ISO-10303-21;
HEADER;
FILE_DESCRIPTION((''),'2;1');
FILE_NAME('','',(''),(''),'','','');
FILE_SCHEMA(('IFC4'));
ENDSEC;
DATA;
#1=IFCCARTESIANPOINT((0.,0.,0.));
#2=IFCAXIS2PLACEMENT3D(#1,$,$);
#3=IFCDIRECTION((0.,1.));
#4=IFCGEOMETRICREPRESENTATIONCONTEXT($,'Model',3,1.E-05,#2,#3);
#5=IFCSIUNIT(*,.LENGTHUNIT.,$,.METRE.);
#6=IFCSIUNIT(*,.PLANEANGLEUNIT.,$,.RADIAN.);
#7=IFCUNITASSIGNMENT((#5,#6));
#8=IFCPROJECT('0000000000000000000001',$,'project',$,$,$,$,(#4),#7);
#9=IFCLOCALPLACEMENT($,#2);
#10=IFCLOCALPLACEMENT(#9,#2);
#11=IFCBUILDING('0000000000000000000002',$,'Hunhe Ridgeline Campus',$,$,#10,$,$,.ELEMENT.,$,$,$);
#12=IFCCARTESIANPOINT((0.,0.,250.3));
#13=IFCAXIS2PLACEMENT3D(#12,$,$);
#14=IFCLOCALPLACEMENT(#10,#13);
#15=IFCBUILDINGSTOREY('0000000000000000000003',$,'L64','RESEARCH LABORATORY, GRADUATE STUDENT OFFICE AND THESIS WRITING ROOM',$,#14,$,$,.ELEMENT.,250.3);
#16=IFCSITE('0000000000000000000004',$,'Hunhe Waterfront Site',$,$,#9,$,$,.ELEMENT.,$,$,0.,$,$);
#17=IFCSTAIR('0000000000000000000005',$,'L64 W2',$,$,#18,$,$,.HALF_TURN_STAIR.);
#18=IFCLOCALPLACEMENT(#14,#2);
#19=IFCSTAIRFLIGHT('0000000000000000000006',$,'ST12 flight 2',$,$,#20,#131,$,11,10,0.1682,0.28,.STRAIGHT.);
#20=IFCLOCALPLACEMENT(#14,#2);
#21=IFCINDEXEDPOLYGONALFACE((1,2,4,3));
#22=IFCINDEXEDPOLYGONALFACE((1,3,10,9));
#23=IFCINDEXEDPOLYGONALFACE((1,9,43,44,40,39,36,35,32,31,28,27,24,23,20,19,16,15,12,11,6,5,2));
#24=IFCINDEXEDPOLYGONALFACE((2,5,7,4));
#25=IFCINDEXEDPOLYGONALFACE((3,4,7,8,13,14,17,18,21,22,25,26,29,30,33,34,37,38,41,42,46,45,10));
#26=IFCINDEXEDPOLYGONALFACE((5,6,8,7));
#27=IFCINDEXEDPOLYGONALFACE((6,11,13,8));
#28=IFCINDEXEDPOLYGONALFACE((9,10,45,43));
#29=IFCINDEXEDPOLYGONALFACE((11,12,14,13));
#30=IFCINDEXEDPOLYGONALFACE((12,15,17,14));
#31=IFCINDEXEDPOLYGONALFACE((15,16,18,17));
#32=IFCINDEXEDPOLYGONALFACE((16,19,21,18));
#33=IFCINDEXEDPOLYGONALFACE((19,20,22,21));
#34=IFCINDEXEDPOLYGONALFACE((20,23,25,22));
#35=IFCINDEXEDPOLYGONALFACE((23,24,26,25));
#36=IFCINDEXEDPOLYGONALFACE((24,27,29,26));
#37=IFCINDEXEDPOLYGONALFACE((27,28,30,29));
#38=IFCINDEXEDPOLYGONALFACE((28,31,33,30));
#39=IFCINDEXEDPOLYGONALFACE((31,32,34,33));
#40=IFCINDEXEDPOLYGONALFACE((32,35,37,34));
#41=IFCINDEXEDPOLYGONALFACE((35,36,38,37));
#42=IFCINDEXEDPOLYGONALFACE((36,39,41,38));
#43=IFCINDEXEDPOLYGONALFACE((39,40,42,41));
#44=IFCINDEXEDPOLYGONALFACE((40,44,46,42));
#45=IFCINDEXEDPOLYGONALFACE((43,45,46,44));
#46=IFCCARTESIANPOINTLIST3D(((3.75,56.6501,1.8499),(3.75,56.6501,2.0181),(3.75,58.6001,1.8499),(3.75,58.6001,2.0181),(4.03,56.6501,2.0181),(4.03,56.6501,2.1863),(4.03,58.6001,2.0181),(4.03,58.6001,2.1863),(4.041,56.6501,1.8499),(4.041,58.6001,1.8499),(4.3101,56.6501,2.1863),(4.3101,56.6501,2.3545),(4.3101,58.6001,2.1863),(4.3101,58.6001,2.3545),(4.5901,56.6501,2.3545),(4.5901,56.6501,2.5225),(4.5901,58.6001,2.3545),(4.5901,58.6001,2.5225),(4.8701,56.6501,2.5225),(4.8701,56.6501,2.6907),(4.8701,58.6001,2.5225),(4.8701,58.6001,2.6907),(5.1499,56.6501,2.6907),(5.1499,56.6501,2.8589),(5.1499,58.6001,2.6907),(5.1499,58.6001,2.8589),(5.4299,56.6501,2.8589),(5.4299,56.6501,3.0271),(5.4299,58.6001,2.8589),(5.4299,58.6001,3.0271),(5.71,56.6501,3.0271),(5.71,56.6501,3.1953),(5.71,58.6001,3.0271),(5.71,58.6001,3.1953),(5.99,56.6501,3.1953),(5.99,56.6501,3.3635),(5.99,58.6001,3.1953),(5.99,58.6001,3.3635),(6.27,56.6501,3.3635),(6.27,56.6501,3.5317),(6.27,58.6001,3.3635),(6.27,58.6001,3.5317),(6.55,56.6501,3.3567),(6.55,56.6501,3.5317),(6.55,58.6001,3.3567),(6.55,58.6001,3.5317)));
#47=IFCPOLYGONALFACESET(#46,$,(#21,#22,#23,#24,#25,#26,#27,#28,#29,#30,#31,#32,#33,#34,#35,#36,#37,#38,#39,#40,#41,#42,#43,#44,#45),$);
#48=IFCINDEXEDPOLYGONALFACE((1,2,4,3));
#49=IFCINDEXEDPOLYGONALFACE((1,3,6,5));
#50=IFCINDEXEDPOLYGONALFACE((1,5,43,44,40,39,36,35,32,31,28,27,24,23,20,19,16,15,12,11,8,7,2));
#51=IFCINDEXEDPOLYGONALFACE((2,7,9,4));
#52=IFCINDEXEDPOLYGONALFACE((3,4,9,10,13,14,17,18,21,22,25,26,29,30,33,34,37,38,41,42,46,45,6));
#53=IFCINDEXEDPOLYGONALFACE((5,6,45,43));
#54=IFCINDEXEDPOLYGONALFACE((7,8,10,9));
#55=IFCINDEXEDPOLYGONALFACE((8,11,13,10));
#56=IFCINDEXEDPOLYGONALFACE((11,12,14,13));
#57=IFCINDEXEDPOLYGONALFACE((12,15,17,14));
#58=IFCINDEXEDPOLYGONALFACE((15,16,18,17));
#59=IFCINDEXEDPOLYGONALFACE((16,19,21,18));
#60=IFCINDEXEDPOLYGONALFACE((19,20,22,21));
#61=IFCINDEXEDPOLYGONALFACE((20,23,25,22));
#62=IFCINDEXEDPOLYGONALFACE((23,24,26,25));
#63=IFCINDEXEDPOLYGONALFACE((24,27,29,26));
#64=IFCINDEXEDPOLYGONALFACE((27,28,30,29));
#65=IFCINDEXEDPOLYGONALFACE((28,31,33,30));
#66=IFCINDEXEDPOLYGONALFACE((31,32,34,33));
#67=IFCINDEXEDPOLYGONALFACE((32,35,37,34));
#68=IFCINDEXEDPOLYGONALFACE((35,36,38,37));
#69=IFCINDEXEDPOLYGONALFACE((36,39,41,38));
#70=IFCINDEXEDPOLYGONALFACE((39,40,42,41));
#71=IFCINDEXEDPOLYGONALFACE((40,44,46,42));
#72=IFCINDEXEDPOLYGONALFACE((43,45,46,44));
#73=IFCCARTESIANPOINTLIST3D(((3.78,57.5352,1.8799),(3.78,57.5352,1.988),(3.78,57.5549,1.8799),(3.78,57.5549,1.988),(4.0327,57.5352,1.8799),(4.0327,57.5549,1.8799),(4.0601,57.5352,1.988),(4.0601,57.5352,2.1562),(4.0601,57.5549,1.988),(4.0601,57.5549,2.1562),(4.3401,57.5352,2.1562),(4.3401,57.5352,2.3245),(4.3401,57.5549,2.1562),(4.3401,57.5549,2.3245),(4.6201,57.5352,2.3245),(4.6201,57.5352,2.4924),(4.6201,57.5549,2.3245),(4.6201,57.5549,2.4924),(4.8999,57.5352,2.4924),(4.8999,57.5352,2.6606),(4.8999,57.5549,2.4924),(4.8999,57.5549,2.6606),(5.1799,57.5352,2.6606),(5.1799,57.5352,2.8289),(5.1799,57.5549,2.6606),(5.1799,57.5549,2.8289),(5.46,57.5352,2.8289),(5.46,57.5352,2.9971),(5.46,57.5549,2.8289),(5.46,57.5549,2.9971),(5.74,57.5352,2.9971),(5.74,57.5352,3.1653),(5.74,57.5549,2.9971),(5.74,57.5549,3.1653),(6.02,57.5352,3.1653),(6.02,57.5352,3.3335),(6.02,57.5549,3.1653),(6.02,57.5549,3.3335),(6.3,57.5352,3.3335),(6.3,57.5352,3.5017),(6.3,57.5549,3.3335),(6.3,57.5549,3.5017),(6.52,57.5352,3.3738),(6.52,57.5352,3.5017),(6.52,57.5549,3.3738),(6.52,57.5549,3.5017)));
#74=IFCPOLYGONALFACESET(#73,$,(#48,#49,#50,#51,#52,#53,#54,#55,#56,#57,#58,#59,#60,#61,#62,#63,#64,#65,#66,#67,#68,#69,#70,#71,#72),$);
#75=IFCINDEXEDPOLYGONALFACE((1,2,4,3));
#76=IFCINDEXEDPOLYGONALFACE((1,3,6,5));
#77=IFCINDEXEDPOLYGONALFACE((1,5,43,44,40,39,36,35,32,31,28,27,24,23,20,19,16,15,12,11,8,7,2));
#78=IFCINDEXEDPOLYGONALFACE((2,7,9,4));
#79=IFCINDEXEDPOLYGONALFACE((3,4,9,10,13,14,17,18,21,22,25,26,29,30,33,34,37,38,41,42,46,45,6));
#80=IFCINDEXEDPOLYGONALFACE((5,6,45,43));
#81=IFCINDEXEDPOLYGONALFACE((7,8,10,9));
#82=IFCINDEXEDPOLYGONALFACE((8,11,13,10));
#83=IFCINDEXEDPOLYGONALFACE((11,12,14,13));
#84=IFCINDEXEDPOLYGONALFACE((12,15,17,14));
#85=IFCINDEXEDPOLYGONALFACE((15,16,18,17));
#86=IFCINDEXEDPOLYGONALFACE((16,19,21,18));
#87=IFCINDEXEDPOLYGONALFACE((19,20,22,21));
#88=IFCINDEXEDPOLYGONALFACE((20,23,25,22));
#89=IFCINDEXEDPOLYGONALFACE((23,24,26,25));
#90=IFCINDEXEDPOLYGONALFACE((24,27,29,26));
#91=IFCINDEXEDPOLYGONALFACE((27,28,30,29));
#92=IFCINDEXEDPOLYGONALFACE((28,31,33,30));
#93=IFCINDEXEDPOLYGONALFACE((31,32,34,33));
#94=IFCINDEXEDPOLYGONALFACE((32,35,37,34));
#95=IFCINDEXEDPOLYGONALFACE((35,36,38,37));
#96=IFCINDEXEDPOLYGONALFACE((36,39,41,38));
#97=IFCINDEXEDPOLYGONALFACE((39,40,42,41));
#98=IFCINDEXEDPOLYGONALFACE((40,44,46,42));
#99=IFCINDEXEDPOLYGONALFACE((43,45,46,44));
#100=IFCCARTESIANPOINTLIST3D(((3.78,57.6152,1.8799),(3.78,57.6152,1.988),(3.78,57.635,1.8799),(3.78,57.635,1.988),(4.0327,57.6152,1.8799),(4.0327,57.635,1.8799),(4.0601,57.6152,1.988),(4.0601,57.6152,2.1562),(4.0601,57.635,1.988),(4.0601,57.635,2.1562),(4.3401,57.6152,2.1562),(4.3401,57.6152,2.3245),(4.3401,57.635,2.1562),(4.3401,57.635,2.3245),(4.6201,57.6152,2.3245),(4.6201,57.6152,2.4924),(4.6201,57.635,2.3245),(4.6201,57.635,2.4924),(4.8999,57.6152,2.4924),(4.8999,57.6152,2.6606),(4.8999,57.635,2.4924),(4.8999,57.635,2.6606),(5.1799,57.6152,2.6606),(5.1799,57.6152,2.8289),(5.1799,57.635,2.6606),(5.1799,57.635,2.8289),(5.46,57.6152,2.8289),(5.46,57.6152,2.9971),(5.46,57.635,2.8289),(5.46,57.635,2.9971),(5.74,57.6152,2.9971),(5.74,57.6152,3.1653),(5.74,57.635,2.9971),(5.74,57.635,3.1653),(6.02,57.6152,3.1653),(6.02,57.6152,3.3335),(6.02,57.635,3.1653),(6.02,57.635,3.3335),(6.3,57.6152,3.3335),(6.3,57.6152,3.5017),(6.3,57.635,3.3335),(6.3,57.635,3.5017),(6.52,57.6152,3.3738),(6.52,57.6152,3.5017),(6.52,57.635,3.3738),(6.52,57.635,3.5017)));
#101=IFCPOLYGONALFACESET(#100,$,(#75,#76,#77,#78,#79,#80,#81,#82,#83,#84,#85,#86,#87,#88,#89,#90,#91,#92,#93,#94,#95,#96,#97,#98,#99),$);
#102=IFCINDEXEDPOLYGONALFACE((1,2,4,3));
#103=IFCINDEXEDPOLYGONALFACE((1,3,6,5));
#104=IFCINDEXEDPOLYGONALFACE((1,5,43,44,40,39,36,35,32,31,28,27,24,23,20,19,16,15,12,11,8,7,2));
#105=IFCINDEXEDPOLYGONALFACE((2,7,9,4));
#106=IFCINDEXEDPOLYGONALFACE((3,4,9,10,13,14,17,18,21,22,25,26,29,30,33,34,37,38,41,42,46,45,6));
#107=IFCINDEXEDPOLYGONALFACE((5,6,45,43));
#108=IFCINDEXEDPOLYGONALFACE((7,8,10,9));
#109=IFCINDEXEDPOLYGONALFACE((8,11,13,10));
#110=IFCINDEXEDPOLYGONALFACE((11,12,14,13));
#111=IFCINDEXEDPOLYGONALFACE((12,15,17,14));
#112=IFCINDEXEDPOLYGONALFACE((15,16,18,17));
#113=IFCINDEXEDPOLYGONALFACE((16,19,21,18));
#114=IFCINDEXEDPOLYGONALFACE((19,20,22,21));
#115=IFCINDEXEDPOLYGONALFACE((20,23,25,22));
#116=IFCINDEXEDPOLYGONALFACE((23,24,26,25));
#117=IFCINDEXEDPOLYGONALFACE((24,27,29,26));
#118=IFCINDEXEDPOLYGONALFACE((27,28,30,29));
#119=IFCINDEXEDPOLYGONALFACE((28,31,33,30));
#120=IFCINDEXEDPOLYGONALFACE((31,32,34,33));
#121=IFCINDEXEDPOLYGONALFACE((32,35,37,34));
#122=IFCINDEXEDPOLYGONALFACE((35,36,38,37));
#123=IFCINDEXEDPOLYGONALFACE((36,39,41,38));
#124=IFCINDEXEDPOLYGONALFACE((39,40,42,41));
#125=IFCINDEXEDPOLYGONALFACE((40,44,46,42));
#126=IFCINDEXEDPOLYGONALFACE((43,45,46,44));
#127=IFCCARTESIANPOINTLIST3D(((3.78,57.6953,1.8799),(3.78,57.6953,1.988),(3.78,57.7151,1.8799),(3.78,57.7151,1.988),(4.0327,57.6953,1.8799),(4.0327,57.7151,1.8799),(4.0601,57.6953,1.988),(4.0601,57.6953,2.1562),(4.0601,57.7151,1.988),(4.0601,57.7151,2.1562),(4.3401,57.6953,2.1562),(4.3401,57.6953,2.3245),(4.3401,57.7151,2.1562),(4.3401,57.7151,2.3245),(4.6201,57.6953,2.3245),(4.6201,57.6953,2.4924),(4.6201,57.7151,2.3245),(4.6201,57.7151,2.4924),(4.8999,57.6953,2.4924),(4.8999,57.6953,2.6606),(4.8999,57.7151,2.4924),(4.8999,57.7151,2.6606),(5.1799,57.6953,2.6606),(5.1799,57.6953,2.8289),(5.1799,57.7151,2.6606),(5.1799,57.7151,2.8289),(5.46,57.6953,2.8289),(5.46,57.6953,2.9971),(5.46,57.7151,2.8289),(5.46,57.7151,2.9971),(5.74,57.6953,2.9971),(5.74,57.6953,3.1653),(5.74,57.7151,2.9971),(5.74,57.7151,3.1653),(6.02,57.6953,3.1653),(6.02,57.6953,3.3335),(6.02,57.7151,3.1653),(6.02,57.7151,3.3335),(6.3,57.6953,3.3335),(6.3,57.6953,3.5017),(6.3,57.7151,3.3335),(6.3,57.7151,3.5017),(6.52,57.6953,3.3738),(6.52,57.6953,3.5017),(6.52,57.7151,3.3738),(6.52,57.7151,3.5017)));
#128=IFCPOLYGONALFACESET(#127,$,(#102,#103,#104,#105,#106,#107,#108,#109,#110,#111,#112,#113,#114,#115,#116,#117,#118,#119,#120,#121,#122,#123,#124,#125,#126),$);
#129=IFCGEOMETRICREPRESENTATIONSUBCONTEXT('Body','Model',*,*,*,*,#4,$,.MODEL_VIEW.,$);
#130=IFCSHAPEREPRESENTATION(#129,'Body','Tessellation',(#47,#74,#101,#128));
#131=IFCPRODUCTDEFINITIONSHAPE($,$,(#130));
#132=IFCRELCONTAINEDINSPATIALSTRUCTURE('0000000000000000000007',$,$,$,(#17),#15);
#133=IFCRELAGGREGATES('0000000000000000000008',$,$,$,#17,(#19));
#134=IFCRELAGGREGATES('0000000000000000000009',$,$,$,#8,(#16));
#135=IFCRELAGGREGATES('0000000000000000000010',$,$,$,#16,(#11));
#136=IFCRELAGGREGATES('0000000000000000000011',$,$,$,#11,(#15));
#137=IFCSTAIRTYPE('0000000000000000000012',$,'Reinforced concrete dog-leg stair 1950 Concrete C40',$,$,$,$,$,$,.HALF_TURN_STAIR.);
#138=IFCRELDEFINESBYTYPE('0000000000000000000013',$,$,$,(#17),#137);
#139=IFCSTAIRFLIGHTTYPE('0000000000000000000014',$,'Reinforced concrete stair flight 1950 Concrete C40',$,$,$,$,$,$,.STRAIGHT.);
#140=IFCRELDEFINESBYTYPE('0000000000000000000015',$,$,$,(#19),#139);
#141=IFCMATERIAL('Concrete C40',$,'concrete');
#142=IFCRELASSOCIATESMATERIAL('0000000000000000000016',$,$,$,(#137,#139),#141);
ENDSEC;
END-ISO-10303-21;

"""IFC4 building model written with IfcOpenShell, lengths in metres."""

from ifc_helpers import new_model, si_unit, direction, frame, origin, place, context, subcontext, project, spatial, polyline, outline, extrude, material, type_object, element, aggregate, save


model = new_model("IFC4")

# Units and contexts
model_context = context("Model", 3, precision=1e-05, world=origin(), true_north=direction((0.0, 1.0)))
body_context = subcontext(model_context, "Body", "Model", "MODEL_VIEW")
ifc_project = project(units=[si_unit("LENGTHUNIT", "METRE"), si_unit("PLANEANGLEUNIT", "RADIAN")], contexts=[model_context])

# Site, building, storey
site_placement = place(None, origin())
site = spatial("IfcSite", under=ifc_project, at=site_placement, Name="Hunhe Waterfront Site", CompositionType="ELEMENT", RefElevation=0.0)
building_placement = place(site_placement, origin())
building = spatial("IfcBuilding", under=site, at=building_placement, Name="Hunhe Ridgeline Campus", CompositionType="ELEMENT")
storey_placement = place(building_placement, frame((0.0, 0.0, 250.3)))
storey = spatial("IfcBuildingStorey", under=building, at=storey_placement, Name="L64", Description="RESEARCH LABORATORY, GRADUATE STUDENT OFFICE AND THESIS WRITING ROOM", CompositionType="ELEMENT", Elevation=250.3)

# Stair, stair flight
ifc_material_1 = material(Name="Concrete C40", Category="concrete")
stair_type = type_object("IfcStairType", Name="Reinforced concrete dog-leg stair 1950 Concrete C40", PredefinedType="HALF_TURN_STAIR", material=ifc_material_1)
stair_flight_type = type_object("IfcStairFlightType", Name="Reinforced concrete stair flight 1950 Concrete C40", PredefinedType="STRAIGHT", material=ifc_material_1)
stair_1_placement = place(storey_placement, origin())
stair_1 = element("IfcStair", 1, at=stair_1_placement, inside=storey, type_object=stair_type, Name="L64 W2", PredefinedType="HALF_TURN_STAIR")
stair_flight_1_placement = place(storey_placement, frame((3.75, 57.625, 1.8499), z_axis=(0.0, 0.0, 1.0), x_axis=(1.0, 0.0, 0.0)))
stair_flight_1 = element("IfcStairFlight", 2, at=stair_flight_1_placement, type_object=stair_flight_type, Name="ST12 flight 2", NumberOfRisers=11, NumberOfTreads=10, PredefinedType="STRAIGHT", RiserHeight=0.1682, TreadLength=0.28, context=body_context, shape_type="SweptSolid", body=[
    extrude(outline(polyline([(0.0, 0.0), (0.0, 0.1682), (0.28, 0.1682), (0.28, 0.3364), (0.5601, 0.3364), (0.5601, 0.5046), (0.8401, 0.5046), (0.8401, 0.6726), (1.1201, 0.6726), (1.1201, 0.8408), (1.3999, 0.8408), (1.3999, 1.009), (1.6799, 1.009), (1.6799, 1.1772), (1.96, 1.1772), (1.96, 1.3455), (2.24, 1.3455), (2.24, 1.5137), (2.52, 1.5137), (2.52, 1.6819), (2.8, 1.6819), (2.8, 1.8501), (2.8, 1.5068), (0.291, 0.0), (0.0, 0.0)])), frame((0.0, 0.9751, 0.0), z_axis=(0.0, -1.0, 0.0), x_axis=(1.0, 0.0, 0.0)), (0.0, 0.0, 1.0), 1.95),
    extrude(outline(polyline([(0.03, 0.03), (0.03, 0.1382), (0.3101, 0.1382), (0.3101, 0.3064), (0.5901, 0.3064), (0.5901, 0.4746), (0.8701, 0.4746), (0.8701, 0.6426), (1.1499, 0.6426), (1.1499, 0.8108), (1.4299, 0.8108), (1.4299, 0.979), (1.71, 0.979), (1.71, 1.1472), (1.99, 1.1472), (1.99, 1.3154), (2.27, 1.3154), (2.27, 1.4836), (2.55, 1.4836), (2.55, 1.6519), (2.77, 1.6519), (2.77, 1.5239), (0.2827, 0.03), (0.03, 0.03)])), frame((0.0, -0.0701, 0.0), z_axis=(0.0, -1.0, 0.0), x_axis=(1.0, 0.0, 0.0)), (0.0, 0.0, 1.0), 0.0198),
    extrude(outline(polyline([(0.03, 0.03), (0.03, 0.1382), (0.3101, 0.1382), (0.3101, 0.3064), (0.5901, 0.3064), (0.5901, 0.4746), (0.8701, 0.4746), (0.8701, 0.6426), (1.1499, 0.6426), (1.1499, 0.8108), (1.4299, 0.8108), (1.4299, 0.979), (1.71, 0.979), (1.71, 1.1472), (1.99, 1.1472), (1.99, 1.3154), (2.27, 1.3154), (2.27, 1.4836), (2.55, 1.4836), (2.55, 1.6519), (2.77, 1.6519), (2.77, 1.5239), (0.2827, 0.03), (0.03, 0.03)])), frame((0.0, 0.01, 0.0), z_axis=(0.0, -1.0, 0.0), x_axis=(1.0, 0.0, 0.0)), (0.0, 0.0, 1.0), 0.0198),
    extrude(outline(polyline([(0.03, 0.03), (0.03, 0.1382), (0.3101, 0.1382), (0.3101, 0.3064), (0.5901, 0.3064), (0.5901, 0.4746), (0.8701, 0.4746), (0.8701, 0.6426), (1.1499, 0.6426), (1.1499, 0.8108), (1.4299, 0.8108), (1.4299, 0.979), (1.71, 0.979), (1.71, 1.1472), (1.99, 1.1472), (1.99, 1.3154), (2.27, 1.3154), (2.27, 1.4836), (2.55, 1.4836), (2.55, 1.6519), (2.77, 1.6519), (2.77, 1.5239), (0.2827, 0.03), (0.03, 0.03)])), frame((0.0, 0.0901, 0.0), z_axis=(0.0, -1.0, 0.0), x_axis=(1.0, 0.0, 0.0)), (0.0, 0.0, 1.0), 0.0198),
])
aggregate(stair_1, [stair_flight_1])

save(model, "model.ifc")
